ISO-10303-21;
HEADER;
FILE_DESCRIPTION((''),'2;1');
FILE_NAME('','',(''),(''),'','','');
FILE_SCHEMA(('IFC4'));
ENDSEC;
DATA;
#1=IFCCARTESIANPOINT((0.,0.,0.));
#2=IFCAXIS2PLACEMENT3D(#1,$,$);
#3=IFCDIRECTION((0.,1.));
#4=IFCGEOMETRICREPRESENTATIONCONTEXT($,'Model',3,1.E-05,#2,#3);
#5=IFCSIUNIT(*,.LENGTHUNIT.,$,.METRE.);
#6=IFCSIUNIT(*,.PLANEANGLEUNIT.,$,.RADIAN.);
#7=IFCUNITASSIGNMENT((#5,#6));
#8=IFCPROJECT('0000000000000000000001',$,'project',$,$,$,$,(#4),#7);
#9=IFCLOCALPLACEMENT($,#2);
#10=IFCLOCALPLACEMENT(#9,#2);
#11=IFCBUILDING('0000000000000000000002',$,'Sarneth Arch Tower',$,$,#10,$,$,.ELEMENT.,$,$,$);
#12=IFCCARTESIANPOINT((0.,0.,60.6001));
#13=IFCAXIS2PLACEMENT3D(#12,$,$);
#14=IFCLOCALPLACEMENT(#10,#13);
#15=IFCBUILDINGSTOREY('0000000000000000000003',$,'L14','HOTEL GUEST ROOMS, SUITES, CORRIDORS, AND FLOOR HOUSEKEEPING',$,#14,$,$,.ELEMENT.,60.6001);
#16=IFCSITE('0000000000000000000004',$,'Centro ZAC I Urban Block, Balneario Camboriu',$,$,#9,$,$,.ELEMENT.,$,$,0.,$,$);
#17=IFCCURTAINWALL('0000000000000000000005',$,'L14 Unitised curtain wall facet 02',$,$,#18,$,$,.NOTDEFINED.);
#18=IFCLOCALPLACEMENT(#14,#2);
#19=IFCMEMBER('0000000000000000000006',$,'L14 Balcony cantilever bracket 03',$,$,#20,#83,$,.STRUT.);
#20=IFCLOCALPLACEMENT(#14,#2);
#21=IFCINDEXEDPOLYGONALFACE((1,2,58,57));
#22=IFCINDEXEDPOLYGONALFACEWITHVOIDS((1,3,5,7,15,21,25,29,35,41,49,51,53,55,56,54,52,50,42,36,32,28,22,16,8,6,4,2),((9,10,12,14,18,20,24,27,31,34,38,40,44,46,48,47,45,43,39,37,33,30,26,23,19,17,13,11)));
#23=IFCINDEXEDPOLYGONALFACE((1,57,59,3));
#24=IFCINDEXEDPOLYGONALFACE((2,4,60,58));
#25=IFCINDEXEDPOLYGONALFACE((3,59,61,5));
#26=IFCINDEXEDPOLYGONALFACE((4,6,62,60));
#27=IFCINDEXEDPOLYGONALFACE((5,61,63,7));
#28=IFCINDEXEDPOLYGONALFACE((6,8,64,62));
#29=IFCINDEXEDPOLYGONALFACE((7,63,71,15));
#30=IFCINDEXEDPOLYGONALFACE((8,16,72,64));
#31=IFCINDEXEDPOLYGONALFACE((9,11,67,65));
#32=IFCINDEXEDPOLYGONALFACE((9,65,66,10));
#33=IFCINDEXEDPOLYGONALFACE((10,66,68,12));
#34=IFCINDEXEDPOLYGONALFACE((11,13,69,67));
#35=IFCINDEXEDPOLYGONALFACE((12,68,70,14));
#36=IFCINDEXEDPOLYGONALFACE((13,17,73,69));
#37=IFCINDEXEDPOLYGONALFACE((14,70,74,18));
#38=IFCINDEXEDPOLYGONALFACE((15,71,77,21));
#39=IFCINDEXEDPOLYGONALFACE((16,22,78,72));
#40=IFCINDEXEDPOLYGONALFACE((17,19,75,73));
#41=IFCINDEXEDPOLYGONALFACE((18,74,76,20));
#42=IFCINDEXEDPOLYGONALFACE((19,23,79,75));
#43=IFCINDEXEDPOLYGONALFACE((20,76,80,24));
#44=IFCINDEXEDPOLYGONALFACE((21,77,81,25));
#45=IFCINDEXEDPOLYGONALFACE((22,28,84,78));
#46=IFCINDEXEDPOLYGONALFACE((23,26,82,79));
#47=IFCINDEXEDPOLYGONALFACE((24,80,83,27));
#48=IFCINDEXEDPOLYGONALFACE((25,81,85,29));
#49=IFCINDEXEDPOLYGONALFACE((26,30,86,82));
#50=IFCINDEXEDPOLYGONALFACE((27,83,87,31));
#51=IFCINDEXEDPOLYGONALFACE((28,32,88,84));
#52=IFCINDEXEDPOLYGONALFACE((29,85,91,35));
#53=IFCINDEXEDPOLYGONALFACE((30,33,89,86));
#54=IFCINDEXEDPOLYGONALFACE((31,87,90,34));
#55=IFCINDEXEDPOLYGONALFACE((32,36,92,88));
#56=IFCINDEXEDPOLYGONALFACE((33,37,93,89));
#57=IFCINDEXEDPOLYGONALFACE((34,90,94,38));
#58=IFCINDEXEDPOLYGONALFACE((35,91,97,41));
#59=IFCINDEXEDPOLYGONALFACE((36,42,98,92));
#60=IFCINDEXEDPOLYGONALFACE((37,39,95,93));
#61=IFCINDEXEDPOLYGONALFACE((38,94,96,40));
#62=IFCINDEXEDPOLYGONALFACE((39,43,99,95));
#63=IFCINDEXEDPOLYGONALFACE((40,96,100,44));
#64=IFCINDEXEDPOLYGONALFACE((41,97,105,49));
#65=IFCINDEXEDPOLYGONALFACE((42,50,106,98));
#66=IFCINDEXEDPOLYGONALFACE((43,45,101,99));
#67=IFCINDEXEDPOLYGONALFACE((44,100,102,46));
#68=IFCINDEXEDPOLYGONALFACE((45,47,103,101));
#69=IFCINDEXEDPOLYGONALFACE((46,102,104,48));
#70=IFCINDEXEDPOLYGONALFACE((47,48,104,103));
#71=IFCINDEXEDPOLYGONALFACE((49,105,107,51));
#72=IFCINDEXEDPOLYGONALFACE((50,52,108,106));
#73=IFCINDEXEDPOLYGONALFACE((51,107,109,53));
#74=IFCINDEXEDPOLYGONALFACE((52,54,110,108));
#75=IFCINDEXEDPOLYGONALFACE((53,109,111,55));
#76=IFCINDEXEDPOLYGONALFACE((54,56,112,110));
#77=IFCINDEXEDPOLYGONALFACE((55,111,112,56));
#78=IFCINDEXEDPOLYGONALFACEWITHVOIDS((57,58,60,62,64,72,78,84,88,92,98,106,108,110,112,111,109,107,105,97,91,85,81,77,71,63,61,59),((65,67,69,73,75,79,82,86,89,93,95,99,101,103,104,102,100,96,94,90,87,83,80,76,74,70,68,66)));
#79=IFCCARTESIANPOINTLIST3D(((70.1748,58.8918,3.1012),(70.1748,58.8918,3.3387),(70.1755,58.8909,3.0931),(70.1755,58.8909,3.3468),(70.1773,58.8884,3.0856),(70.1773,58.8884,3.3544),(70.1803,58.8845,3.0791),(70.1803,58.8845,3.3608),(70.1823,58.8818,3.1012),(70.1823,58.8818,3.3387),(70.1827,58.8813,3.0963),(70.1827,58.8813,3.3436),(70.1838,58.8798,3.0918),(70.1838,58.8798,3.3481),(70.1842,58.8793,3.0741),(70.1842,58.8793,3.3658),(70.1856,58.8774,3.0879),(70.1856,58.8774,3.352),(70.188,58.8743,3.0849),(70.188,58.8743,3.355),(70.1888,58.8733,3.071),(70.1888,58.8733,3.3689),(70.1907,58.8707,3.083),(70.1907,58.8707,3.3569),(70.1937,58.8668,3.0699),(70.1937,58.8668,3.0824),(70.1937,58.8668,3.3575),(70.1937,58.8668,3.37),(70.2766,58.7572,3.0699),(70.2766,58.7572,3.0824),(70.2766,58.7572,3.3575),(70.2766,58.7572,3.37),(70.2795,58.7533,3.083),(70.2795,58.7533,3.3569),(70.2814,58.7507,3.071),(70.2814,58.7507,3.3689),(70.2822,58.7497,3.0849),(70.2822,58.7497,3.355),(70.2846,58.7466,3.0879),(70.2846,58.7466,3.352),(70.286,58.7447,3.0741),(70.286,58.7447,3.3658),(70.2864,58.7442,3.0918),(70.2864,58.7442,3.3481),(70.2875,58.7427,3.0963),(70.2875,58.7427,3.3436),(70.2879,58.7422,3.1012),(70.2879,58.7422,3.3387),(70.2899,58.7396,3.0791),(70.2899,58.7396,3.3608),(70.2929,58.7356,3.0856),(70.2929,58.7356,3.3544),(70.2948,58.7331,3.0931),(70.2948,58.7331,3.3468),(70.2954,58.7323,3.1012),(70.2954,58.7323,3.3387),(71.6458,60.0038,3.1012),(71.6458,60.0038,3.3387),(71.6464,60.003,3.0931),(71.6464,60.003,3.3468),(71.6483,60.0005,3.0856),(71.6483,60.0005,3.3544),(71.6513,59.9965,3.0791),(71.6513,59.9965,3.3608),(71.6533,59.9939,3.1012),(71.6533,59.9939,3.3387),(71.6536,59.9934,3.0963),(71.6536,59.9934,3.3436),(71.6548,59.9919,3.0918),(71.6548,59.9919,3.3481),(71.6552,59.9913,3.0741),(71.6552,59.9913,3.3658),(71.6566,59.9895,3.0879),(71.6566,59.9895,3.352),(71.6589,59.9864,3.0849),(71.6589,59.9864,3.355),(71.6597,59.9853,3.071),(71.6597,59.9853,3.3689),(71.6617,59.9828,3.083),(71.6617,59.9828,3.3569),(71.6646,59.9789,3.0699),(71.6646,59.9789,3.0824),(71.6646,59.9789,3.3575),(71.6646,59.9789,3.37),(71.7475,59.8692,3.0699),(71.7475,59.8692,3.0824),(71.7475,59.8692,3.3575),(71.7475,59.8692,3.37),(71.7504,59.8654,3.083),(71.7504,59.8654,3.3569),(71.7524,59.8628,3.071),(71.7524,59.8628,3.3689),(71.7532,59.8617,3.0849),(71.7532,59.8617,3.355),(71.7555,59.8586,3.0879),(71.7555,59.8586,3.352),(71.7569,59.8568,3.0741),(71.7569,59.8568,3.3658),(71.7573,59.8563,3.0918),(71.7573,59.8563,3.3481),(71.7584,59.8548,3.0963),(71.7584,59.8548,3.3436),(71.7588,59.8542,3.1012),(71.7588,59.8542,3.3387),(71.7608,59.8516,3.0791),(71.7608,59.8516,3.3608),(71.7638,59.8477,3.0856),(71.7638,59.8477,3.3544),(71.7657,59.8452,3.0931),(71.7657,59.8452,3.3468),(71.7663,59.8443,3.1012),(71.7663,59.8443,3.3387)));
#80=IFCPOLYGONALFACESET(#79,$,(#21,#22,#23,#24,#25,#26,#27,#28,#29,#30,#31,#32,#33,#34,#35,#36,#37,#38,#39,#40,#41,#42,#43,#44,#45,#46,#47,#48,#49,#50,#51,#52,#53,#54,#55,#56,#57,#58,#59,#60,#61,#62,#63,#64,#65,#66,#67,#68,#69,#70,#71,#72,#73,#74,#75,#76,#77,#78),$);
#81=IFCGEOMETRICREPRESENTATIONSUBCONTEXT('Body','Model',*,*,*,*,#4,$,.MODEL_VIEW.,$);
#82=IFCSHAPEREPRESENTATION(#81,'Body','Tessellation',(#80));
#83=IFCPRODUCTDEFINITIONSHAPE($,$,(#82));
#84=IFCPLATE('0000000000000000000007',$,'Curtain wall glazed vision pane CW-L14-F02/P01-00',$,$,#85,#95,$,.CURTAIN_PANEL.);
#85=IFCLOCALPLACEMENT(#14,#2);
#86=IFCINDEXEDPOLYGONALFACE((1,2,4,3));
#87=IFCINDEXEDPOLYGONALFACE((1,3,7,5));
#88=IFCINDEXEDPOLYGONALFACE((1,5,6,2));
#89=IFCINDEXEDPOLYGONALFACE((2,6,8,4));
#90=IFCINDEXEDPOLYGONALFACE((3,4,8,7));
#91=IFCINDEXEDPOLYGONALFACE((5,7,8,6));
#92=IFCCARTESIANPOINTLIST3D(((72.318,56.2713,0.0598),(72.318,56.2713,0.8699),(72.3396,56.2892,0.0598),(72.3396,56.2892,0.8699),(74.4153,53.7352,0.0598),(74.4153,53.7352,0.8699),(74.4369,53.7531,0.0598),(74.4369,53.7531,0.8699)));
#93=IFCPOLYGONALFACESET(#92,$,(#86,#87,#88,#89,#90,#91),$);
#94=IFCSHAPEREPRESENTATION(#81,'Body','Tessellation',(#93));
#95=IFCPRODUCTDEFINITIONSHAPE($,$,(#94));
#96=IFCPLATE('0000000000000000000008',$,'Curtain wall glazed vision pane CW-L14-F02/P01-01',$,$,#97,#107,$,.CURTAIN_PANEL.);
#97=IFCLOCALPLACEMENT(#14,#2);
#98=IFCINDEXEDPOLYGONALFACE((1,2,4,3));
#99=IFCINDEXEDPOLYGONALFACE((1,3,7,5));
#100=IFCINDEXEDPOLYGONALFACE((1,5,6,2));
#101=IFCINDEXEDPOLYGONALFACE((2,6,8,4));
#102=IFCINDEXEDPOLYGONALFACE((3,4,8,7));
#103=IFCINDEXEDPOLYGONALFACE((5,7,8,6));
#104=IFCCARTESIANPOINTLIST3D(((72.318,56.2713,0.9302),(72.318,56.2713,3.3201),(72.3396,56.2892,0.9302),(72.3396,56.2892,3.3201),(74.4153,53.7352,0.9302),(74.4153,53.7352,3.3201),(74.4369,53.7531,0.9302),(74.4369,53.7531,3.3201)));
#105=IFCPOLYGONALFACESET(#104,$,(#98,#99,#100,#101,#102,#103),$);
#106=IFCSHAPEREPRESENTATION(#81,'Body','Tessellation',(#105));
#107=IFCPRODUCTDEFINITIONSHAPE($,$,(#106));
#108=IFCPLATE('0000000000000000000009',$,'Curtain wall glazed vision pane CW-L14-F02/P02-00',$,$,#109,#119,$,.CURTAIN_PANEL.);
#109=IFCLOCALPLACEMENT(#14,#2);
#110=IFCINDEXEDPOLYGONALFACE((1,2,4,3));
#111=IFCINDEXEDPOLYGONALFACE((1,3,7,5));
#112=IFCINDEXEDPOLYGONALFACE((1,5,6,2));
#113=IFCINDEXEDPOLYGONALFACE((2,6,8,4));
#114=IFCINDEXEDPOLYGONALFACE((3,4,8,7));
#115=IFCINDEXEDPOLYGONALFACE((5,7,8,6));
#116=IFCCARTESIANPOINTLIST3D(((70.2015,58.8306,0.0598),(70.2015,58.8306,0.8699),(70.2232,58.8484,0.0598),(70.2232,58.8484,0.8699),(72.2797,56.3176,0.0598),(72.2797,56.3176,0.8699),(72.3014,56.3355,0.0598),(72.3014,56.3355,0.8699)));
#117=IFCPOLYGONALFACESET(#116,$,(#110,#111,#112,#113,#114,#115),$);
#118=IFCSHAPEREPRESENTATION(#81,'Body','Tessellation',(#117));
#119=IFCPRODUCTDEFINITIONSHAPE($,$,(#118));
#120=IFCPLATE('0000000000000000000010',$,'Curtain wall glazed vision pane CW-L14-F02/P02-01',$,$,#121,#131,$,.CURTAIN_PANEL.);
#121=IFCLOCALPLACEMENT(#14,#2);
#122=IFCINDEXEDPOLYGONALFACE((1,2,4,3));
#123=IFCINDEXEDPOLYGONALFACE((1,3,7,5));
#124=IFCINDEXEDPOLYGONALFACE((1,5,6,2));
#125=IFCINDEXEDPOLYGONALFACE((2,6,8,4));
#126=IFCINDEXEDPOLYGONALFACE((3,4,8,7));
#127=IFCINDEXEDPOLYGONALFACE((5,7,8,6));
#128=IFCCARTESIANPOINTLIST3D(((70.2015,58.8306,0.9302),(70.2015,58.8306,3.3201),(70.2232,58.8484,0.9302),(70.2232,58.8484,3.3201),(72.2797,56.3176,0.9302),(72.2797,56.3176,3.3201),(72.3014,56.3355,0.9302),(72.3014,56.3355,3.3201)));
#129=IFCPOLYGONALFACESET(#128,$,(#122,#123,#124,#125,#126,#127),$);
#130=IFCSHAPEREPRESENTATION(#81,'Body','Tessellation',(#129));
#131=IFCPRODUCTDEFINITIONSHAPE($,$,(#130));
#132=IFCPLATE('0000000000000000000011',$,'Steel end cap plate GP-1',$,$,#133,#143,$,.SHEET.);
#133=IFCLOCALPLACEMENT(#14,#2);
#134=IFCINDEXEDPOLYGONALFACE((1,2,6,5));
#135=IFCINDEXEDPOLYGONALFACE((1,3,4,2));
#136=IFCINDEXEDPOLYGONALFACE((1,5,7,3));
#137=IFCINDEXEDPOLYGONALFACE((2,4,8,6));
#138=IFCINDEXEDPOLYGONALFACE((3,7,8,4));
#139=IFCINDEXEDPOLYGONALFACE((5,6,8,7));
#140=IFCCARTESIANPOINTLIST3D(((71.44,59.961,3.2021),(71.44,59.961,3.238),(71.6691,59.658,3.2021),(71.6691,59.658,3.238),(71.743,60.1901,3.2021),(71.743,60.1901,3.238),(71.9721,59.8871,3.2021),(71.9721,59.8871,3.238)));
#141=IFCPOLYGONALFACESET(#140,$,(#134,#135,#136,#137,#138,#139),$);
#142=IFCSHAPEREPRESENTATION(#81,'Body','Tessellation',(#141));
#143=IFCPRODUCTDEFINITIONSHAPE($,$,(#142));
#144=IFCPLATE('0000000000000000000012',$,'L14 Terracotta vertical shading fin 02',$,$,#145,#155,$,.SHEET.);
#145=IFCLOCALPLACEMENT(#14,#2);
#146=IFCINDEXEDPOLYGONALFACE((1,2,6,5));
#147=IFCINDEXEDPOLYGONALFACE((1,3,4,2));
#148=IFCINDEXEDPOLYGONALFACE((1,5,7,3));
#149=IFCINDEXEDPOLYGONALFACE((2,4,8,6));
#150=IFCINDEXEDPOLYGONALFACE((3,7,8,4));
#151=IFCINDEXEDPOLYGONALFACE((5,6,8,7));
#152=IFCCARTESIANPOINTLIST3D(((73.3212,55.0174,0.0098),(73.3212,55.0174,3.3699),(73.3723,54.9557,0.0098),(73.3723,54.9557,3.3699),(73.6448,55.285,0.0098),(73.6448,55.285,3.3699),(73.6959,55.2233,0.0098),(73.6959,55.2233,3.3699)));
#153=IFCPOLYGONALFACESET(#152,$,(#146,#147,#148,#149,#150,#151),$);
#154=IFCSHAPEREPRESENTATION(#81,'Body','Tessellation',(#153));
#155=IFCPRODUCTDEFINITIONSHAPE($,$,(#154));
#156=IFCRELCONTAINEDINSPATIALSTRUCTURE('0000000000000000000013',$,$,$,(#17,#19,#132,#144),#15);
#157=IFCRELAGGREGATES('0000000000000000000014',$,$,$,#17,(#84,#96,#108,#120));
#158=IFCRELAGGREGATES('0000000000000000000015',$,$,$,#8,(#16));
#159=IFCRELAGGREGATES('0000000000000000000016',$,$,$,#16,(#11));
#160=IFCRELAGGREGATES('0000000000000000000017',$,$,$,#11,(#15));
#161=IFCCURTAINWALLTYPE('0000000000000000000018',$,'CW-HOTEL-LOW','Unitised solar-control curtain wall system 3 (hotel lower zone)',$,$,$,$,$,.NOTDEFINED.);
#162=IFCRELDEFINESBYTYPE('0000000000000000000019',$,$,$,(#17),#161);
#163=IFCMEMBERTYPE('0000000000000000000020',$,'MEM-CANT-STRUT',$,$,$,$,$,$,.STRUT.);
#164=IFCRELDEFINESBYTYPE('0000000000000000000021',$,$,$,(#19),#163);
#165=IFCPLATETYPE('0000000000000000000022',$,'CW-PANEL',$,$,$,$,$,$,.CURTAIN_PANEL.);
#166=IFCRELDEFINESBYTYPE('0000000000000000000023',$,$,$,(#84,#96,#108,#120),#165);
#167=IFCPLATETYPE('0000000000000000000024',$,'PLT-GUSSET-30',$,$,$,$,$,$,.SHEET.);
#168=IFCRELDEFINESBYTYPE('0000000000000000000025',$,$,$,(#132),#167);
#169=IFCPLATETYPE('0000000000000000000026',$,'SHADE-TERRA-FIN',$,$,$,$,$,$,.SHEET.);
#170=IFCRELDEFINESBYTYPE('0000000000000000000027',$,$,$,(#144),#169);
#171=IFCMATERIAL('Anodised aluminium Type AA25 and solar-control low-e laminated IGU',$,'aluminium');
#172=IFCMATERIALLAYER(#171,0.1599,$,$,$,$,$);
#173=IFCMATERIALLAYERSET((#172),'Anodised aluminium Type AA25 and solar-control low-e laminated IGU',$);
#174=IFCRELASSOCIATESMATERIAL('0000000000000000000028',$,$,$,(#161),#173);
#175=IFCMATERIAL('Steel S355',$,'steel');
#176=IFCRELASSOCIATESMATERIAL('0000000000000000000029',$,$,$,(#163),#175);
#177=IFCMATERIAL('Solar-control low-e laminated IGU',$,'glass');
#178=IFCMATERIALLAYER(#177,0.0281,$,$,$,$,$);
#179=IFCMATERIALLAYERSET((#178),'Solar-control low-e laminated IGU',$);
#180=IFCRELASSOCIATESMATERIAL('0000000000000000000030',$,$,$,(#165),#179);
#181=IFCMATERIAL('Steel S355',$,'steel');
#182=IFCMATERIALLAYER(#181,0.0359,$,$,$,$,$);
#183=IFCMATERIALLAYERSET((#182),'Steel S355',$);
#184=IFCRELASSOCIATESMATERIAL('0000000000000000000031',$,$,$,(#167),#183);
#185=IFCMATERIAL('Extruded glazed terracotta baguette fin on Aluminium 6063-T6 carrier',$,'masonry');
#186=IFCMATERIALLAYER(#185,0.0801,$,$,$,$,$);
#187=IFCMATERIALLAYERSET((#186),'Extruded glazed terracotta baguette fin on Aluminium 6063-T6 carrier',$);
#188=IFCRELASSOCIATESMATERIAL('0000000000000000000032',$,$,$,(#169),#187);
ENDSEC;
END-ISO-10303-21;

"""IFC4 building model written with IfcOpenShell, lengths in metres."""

from ifc_helpers import new_model, si_unit, direction, frame, origin, origin_2d, place, context, subcontext, project, spatial, rectangle, hollow_rectangle, extrude, material, layer, layer_set, material_profile, profile_set, type_object, element, aggregate, save


model = new_model("IFC4")

# Units and contexts
model_context = context("Model", 3, precision=1e-05, world=origin(), true_north=direction((0.0, 1.0)))
body_context = subcontext(model_context, "Body", "Model", "MODEL_VIEW")
ifc_project = project(units=[si_unit("LENGTHUNIT", "METRE"), si_unit("PLANEANGLEUNIT", "RADIAN")], contexts=[model_context])

# Site, building, storey
site_placement = place(None, origin())
site = spatial("IfcSite", under=ifc_project, at=site_placement, Name="Centro ZAC I Urban Block, Balneario Camboriu", CompositionType="ELEMENT", RefElevation=0.0)
building_placement = place(site_placement, origin())
building = spatial("IfcBuilding", under=site, at=building_placement, Name="Sarneth Arch Tower", CompositionType="ELEMENT")
storey_placement = place(building_placement, frame((0.0, 0.0, 60.6001)))
storey = spatial("IfcBuildingStorey", under=building, at=storey_placement, Name="L14", Description="HOTEL GUEST ROOMS, SUITES, CORRIDORS, AND FLOOR HOUSEKEEPING", CompositionType="ELEMENT", Elevation=60.6001)

# Curtain wall
ifc_material_1 = material(Name="Anodised aluminium Type AA25 and solar-control low-e laminated IGU", Category="aluminium")
ifc_layer_1 = layer(ifc_material_1, 0.1599)
ifc_layer_set_1 = layer_set([ifc_layer_1], Name="Anodised aluminium Type AA25 and solar-control low-e laminated IGU")
curtain_wall_type = type_object("IfcCurtainWallType", Name="CW-HOTEL-LOW", Description="Unitised solar-control curtain wall system 3 (hotel lower zone)", PredefinedType="NOTDEFINED", material=ifc_layer_set_1)
curtain_wall_placement = place(storey_placement, origin())
curtain_wall = element("IfcCurtainWall", 1, at=curtain_wall_placement, inside=storey, type_object=curtain_wall_type, Name="L14 Unitised curtain wall facet 02", PredefinedType="NOTDEFINED")

# Member
ifc_material_2 = material(Name="Steel S355", Category="steel")
ifc_material_profile_1 = material_profile(ifc_material_2, hollow_rectangle(XDim=0.2, YDim=0.3, WallThickness=0.0125, InnerFilletRadius=0.0188, OuterFilletRadius=0.0312, at=origin_2d()), Name="RHS300x200x12.5")
ifc_profile_set_1 = profile_set([ifc_material_profile_1], Name="Steel S355")
member_type_1 = type_object("IfcMemberType", Name="MEM-CANT-STRUT", PredefinedType="STRUT", material=ifc_profile_set_1)
member_1_placement = place(storey_placement, frame((70.2351, 58.812, 3.22), z_axis=(0.79769, 0.603067, 0.0), x_axis=(-0.603067, 0.79769, 0.0)))
element("IfcMember", 2, at=member_1_placement, inside=storey, type_object=member_type_1, Name="L14 Balcony cantilever bracket 03", PredefinedType="STRUT", context=body_context, shape_type="SweptSolid", body=[
    extrude(hollow_rectangle(XDim=0.2, YDim=0.3, WallThickness=0.0125, InnerFilletRadius=0.0188, OuterFilletRadius=0.0312, at=origin_2d()), origin(), (0.0, 0.0, 1.0), 1.844),
])

# Plates
ifc_material_3 = material(Name="Solar-control low-e laminated IGU", Category="glass")
ifc_layer_2 = layer(ifc_material_3, 0.0281)
ifc_layer_set_2 = layer_set([ifc_layer_2], Name="Solar-control low-e laminated IGU")
plate_type_1 = type_object("IfcPlateType", Name="CW-PANEL", PredefinedType="CURTAIN_PANEL", material=ifc_layer_set_2)
plate_1_placement = place(storey_placement, frame((73.3774, 55.0122, 0.0598), z_axis=(0.0, 0.0, 1.0), x_axis=(-0.637291, 0.770623, 0.0)))
plate_1 = element("IfcPlate", 3, at=plate_1_placement, type_object=plate_type_1, Name="Curtain wall glazed vision pane CW-L14-F02/P01-00", PredefinedType="CURTAIN_PANEL", context=body_context, shape_type="SweptSolid", body=[
    extrude(rectangle(XDim=3.291, YDim=0.0281, at=origin_2d()), origin(), (0.0, 0.0, 1.0), 0.8101),
])
plate_2_placement = place(storey_placement, frame((73.3774, 55.0122, 0.9302), z_axis=(0.0, 0.0, 1.0), x_axis=(-0.637291, 0.770623, 0.0)))
plate_2 = element("IfcPlate", 4, at=plate_2_placement, type_object=plate_type_1, Name="Curtain wall glazed vision pane CW-L14-F02/P01-01", PredefinedType="CURTAIN_PANEL", context=body_context, shape_type="SweptSolid", body=[
    extrude(rectangle(XDim=3.291, YDim=0.0281, at=origin_2d()), origin(), (0.0, 0.0, 1.0), 2.3899),
])
plate_3_placement = place(storey_placement, frame((71.2515, 57.583, 0.0598), z_axis=(0.0, 0.0, 1.0), x_axis=(-0.637291, 0.770623, 0.0)))
plate_3 = element("IfcPlate", 5, at=plate_3_placement, type_object=plate_type_1, Name="Curtain wall glazed vision pane CW-L14-F02/P02-00", PredefinedType="CURTAIN_PANEL", context=body_context, shape_type="SweptSolid", body=[
    extrude(rectangle(XDim=3.261, YDim=0.0281, at=origin_2d()), origin(), (0.0, 0.0, 1.0), 0.8101),
])
plate_4_placement = place(storey_placement, frame((71.2515, 57.583, 0.9302), z_axis=(0.0, 0.0, 1.0), x_axis=(-0.637291, 0.770623, 0.0)))
plate_4 = element("IfcPlate", 6, at=plate_4_placement, type_object=plate_type_1, Name="Curtain wall glazed vision pane CW-L14-F02/P02-01", PredefinedType="CURTAIN_PANEL", context=body_context, shape_type="SweptSolid", body=[
    extrude(rectangle(XDim=3.261, YDim=0.0281, at=origin_2d()), origin(), (0.0, 0.0, 1.0), 2.3899),
])
aggregate(curtain_wall, [plate_1, plate_2, plate_3, plate_4])

# Plates
ifc_material_4 = material(Name="Steel S355", Category="steel")
ifc_layer_3 = layer(ifc_material_4, 0.0359)
ifc_layer_set_3 = layer_set([ifc_layer_3], Name="Steel S355")
plate_type_2 = type_object("IfcPlateType", Name="PLT-GUSSET-30", PredefinedType="SHEET", material=ifc_layer_set_3)
plate_5_placement = place(storey_placement, frame((71.7061, 59.9241, 3.2021), z_axis=(0.0, 0.0, 1.0), x_axis=(0.797689, 0.603069, 0.0)))
element("IfcPlate", 7, at=plate_5_placement, inside=storey, type_object=plate_type_2, Name="Steel end cap plate GP-1", PredefinedType="SHEET", context=body_context, shape_type="SweptSolid", body=[
    extrude(rectangle(XDim=0.3799, YDim=0.3799, at=origin_2d()), origin(), (0.0, 0.0, 1.0), 0.0359),
])
ifc_material_5 = material(Name="Extruded glazed terracotta baguette fin on Aluminium 6063-T6 carrier", Category="masonry")
ifc_layer_4 = layer(ifc_material_5, 0.0801)
ifc_layer_set_4 = layer_set([ifc_layer_4], Name="Extruded glazed terracotta baguette fin on Aluminium 6063-T6 carrier")
plate_type_3 = type_object("IfcPlateType", Name="SHADE-TERRA-FIN", PredefinedType="SHEET", material=ifc_layer_set_4)
plate_6_placement = place(storey_placement, frame((73.5085, 55.1204, 0.0098), z_axis=(0.0, 0.0, 1.0), x_axis=(0.770624, 0.63729, 0.0)))
element("IfcPlate", 8, at=plate_6_placement, inside=storey, type_object=plate_type_3, Name="L14 Terracotta vertical shading fin 02", PredefinedType="SHEET", context=body_context, shape_type="SweptSolid", body=[
    extrude(rectangle(XDim=0.4199, YDim=0.0801, at=origin_2d()), origin(), (0.0, 0.0, 1.0), 3.3601),
])

save(model, "model.ifc")
